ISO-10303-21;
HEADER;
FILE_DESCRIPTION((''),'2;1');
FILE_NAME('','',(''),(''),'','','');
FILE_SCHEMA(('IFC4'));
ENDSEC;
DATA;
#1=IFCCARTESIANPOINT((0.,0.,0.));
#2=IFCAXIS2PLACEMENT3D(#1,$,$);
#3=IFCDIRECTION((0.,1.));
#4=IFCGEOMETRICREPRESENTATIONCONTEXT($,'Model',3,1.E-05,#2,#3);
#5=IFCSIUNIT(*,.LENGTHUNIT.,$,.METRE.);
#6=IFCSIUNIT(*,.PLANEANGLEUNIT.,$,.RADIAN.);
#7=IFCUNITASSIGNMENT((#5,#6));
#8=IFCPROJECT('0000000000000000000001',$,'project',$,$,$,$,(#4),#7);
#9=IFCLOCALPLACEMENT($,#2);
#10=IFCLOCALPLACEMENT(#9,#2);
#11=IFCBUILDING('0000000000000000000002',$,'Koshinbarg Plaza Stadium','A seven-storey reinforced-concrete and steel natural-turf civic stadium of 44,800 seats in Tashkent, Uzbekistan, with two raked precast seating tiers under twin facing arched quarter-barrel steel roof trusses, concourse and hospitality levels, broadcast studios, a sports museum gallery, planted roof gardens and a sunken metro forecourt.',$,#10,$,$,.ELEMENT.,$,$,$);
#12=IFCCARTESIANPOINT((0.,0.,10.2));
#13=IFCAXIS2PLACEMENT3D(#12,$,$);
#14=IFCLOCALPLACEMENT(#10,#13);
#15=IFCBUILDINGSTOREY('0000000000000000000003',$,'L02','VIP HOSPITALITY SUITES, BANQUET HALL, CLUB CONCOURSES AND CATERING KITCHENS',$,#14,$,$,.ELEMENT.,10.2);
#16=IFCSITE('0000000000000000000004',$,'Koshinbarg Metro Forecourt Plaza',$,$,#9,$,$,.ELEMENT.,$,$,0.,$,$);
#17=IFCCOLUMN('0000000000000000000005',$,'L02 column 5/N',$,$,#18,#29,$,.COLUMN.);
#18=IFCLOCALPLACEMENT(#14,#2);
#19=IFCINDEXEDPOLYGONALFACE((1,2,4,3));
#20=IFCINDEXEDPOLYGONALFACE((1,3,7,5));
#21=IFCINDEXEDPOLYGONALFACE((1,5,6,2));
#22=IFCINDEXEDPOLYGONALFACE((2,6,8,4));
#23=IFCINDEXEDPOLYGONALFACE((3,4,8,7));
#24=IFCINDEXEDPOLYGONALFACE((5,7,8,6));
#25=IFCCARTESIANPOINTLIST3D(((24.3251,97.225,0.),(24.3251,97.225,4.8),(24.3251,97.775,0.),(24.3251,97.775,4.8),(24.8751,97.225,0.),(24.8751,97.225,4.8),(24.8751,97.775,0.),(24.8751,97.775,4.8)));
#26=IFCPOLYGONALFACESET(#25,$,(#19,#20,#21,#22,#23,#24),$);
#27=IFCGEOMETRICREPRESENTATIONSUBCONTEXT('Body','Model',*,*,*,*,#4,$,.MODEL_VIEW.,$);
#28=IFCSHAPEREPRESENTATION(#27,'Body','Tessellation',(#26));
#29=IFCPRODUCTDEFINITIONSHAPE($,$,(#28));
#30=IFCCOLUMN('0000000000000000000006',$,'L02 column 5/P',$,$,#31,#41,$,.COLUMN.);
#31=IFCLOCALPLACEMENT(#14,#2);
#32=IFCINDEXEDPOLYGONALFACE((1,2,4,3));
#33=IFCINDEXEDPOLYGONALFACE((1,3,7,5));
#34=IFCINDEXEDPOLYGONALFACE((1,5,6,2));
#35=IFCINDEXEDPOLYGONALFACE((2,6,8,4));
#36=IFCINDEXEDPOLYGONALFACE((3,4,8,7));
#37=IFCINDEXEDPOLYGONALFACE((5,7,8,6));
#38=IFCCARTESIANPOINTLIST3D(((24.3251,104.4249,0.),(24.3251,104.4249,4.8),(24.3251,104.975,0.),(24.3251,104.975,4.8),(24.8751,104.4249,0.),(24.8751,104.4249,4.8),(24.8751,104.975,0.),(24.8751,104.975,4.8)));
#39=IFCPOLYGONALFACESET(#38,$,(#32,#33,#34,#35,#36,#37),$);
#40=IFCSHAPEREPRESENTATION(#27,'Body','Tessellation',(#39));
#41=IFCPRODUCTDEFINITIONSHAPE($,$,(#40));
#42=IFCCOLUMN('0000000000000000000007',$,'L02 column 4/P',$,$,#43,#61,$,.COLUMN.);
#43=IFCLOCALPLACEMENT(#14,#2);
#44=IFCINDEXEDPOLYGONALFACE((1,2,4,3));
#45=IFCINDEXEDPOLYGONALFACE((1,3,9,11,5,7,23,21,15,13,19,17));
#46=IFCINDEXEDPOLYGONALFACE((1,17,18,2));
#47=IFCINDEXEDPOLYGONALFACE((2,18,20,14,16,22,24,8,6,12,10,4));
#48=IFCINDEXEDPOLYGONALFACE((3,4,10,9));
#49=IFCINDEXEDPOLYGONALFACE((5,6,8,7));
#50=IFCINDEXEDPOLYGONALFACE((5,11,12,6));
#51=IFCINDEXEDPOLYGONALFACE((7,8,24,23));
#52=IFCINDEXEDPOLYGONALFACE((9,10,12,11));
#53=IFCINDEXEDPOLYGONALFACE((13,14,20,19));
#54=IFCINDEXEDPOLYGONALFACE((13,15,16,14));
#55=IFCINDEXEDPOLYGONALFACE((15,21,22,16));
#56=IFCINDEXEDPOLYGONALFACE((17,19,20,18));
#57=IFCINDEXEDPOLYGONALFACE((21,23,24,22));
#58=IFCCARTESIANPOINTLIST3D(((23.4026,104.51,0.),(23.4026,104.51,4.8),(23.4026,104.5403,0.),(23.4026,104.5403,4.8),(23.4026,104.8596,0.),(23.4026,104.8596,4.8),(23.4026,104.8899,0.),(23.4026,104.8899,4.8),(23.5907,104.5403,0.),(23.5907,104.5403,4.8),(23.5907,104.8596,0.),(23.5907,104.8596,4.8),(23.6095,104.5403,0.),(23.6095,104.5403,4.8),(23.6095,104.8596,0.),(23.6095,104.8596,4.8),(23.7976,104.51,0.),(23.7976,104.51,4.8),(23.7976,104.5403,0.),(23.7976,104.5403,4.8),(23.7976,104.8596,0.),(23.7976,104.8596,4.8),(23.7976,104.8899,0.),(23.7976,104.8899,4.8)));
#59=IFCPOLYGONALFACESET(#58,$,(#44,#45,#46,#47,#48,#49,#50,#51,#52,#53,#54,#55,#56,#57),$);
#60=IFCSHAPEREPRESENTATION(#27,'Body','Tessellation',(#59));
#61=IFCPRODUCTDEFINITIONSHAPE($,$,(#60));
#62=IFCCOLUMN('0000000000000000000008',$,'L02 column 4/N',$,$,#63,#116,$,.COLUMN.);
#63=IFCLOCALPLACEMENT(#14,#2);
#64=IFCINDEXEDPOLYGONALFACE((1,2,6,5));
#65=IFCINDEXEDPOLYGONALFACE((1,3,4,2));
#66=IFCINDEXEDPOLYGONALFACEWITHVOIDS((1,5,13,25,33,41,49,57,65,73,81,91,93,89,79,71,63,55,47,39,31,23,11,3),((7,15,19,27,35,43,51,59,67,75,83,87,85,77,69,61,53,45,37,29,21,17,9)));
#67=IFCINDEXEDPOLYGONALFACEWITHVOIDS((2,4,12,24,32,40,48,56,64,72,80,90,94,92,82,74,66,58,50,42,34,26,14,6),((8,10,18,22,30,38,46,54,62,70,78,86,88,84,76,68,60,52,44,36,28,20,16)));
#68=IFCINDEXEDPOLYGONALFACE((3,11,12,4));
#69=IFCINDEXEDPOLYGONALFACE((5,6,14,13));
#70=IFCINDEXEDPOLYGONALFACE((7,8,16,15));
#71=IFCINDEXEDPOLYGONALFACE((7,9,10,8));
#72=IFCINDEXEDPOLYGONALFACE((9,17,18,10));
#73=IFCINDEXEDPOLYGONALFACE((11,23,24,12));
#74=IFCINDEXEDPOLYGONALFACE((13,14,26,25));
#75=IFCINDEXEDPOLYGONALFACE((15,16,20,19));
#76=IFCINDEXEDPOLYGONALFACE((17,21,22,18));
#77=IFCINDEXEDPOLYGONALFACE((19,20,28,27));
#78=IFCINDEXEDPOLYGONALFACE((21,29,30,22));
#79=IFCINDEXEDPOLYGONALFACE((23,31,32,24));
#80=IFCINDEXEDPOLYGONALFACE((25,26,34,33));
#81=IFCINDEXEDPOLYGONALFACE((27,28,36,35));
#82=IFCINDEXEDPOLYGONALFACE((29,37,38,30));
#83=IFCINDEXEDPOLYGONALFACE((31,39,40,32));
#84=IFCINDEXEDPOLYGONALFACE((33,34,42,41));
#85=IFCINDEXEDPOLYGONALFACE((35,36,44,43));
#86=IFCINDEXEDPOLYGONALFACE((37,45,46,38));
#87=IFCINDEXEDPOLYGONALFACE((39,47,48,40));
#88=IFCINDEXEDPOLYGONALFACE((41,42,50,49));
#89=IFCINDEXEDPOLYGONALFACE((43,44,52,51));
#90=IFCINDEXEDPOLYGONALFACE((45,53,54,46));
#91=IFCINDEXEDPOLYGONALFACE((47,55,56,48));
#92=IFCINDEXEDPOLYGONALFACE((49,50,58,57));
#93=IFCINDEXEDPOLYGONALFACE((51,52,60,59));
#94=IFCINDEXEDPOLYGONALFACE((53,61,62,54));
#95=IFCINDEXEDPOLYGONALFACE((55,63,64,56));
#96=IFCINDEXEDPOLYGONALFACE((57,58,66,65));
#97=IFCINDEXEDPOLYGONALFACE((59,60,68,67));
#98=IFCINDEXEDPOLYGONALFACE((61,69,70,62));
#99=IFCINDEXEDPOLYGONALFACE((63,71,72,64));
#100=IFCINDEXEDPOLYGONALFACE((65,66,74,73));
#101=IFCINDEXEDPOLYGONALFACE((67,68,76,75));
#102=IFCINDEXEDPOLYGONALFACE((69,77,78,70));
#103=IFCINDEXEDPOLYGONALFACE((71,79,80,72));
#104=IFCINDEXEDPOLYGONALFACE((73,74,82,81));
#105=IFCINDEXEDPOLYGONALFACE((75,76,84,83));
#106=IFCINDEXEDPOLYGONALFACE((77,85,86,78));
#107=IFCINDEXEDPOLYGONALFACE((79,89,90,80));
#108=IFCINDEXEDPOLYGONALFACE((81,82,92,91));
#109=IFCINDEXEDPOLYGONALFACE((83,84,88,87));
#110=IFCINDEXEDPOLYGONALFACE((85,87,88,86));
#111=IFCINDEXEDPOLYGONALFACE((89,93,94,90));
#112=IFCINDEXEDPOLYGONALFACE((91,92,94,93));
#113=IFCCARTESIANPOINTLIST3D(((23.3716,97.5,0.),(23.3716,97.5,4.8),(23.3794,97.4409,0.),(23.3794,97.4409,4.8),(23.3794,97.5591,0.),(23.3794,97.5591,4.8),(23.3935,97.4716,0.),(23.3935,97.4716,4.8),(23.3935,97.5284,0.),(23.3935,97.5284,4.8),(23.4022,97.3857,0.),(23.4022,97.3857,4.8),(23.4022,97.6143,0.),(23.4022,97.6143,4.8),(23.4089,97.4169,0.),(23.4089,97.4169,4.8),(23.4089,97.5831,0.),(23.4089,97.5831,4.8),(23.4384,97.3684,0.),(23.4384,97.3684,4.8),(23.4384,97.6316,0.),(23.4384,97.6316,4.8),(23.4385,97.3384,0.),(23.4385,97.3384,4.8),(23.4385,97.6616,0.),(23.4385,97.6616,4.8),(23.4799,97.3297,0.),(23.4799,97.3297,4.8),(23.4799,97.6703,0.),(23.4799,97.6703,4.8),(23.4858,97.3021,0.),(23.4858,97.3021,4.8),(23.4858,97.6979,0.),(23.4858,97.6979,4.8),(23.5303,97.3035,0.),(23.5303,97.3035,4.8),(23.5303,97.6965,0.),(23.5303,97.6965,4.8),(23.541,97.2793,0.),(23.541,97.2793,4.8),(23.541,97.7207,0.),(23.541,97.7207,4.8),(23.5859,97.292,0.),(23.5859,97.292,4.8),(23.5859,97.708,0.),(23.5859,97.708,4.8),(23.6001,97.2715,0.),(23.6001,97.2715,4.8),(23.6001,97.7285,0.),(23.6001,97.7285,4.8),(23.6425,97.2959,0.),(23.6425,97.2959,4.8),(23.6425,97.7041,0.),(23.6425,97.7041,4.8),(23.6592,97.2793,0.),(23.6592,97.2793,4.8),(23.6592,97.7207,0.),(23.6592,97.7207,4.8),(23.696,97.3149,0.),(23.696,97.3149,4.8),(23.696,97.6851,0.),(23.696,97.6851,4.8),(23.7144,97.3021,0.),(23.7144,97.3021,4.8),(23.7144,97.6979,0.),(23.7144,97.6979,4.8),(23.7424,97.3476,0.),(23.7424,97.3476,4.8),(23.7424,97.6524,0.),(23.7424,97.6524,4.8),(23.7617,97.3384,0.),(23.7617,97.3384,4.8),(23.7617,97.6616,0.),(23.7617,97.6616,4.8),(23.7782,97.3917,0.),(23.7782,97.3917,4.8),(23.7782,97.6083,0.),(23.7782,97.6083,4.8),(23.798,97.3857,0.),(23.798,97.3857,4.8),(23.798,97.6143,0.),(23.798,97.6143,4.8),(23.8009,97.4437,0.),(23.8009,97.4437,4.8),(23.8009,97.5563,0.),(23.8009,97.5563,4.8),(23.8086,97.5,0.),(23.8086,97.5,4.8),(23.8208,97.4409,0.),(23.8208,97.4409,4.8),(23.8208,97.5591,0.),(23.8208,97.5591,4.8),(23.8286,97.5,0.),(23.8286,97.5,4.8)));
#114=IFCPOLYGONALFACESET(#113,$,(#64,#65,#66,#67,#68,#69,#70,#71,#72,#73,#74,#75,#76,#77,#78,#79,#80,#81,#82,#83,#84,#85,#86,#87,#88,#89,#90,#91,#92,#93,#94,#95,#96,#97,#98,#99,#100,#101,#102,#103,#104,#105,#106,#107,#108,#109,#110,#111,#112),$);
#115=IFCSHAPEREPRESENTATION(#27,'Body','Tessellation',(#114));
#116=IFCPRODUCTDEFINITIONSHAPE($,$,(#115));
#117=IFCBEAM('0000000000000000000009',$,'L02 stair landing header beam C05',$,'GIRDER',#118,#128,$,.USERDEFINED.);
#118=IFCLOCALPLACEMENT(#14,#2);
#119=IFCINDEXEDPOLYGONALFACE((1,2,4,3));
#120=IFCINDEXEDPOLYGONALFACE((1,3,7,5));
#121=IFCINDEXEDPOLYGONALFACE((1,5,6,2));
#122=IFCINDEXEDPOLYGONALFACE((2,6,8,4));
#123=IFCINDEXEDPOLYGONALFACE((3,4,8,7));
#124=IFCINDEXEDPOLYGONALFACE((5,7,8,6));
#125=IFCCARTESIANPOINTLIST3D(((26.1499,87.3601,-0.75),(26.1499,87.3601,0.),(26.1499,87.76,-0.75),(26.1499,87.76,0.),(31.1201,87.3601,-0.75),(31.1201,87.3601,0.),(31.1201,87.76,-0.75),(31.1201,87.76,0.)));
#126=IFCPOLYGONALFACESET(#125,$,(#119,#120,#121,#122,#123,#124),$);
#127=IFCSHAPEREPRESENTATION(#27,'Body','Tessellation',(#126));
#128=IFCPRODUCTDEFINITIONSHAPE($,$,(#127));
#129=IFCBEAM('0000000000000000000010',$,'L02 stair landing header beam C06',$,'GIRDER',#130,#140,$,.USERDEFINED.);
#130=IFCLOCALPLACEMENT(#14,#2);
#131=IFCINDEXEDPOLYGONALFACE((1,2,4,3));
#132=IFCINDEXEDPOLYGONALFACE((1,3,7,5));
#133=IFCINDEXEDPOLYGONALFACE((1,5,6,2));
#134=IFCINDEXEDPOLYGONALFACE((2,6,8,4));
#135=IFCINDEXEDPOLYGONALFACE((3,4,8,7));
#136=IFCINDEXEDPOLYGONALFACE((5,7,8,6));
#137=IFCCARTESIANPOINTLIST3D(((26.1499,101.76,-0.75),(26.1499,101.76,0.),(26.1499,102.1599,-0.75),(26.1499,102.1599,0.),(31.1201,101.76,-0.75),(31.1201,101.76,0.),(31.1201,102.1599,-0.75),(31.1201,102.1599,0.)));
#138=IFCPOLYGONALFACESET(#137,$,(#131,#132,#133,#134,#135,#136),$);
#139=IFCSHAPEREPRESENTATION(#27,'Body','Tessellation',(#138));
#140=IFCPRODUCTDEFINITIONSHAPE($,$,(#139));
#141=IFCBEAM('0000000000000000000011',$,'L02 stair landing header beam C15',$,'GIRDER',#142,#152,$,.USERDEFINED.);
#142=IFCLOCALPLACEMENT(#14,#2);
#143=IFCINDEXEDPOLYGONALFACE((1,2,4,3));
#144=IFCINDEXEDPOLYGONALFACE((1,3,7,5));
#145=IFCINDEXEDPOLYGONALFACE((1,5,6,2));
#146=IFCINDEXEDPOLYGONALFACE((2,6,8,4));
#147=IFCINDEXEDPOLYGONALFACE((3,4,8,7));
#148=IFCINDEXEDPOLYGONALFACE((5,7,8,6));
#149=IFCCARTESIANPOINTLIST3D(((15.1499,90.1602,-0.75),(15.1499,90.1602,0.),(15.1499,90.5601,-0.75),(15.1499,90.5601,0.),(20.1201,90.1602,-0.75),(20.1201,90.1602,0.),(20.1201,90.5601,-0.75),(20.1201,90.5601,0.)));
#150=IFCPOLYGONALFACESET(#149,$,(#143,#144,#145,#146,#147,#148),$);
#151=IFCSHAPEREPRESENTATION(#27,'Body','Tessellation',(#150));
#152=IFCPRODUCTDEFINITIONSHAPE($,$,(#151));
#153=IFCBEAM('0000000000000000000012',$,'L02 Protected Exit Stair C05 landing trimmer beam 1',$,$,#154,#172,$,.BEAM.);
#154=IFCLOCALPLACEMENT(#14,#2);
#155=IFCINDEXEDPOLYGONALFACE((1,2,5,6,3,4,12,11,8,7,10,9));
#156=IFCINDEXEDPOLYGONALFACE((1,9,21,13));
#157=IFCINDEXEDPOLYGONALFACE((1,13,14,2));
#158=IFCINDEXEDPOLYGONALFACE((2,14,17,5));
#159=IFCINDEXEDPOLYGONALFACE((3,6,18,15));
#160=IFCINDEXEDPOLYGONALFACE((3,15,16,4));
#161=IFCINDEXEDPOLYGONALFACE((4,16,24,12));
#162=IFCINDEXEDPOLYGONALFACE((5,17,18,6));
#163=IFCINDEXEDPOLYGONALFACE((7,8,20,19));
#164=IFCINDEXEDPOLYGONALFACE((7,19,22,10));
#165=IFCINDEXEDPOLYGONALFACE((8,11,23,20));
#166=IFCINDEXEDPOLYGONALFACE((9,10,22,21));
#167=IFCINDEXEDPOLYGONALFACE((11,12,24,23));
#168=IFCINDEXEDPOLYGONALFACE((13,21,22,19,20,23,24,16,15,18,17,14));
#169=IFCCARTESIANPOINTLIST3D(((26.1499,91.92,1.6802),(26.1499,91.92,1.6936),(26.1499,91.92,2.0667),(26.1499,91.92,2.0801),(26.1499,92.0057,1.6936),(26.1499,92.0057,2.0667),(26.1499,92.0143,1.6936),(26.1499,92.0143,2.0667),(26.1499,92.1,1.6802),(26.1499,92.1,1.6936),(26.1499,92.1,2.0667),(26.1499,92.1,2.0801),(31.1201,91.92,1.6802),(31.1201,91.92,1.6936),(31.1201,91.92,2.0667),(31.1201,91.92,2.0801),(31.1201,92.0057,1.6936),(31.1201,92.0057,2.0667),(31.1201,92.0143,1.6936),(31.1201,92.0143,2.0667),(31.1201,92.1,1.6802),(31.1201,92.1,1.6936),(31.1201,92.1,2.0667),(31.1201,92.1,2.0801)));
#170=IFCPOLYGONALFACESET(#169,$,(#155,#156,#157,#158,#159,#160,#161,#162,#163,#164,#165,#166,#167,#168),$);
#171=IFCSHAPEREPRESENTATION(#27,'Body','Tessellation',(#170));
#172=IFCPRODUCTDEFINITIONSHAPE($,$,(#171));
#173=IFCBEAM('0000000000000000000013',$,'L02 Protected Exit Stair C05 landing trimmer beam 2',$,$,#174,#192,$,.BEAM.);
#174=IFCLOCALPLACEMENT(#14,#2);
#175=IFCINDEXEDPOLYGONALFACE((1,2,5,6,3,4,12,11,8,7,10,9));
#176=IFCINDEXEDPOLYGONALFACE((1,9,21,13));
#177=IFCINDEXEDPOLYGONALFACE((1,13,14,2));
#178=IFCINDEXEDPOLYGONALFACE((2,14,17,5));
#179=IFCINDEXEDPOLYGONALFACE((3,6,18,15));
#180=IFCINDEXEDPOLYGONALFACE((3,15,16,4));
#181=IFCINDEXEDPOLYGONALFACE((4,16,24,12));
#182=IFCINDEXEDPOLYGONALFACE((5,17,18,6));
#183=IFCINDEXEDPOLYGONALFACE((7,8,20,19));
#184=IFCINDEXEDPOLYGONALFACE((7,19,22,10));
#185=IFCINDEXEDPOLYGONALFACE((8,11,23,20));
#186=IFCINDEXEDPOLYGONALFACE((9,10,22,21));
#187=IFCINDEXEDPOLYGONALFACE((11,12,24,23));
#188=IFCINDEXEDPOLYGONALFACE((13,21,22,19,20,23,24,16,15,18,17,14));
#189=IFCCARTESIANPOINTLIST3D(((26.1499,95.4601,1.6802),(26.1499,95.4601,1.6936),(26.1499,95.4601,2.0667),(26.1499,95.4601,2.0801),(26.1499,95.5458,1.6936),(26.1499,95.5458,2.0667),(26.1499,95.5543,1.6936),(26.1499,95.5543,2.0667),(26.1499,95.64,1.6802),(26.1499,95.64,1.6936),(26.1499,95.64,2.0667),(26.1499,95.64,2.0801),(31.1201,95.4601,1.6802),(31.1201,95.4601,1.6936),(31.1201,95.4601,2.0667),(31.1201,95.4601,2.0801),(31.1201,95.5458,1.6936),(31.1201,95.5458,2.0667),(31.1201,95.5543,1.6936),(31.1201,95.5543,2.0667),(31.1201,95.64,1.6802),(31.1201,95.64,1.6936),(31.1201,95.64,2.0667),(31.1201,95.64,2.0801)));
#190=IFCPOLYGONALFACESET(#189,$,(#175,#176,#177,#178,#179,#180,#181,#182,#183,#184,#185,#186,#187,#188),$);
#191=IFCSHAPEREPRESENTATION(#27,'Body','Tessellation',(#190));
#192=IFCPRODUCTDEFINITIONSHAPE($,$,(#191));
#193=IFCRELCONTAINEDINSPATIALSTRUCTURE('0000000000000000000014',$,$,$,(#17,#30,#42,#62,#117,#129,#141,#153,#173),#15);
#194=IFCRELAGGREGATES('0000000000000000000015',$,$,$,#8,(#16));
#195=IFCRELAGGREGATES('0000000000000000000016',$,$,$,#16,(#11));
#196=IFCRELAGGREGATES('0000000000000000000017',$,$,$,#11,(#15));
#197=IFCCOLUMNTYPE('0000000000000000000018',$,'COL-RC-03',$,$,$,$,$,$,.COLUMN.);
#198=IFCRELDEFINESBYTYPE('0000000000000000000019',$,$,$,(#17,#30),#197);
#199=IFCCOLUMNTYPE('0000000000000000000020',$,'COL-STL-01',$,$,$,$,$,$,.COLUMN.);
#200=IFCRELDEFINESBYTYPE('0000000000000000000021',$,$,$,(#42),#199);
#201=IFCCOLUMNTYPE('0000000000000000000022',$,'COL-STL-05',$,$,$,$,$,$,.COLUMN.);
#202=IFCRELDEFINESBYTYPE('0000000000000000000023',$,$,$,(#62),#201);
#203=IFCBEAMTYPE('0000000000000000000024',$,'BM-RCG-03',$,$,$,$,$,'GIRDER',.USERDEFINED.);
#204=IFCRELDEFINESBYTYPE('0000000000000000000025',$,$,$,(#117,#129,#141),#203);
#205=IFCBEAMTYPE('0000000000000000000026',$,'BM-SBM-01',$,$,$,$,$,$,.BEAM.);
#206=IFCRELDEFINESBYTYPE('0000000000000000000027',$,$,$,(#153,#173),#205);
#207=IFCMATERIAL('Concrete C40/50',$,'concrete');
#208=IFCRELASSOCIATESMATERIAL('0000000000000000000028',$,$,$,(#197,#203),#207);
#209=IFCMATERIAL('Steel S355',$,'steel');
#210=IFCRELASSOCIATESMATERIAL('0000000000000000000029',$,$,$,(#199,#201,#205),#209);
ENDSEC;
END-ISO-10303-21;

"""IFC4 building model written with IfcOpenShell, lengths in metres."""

from ifc_helpers import new_model, si_unit, direction, frame, origin, origin_2d, place, context, subcontext, project, spatial, rectangle, hollow_circle, i_section, extrude, material, material_profile, profile_set, type_object, element, save


model = new_model("IFC4")

# Units and contexts
model_context = context("Model", 3, precision=1e-05, world=origin(), true_north=direction((0.0, 1.0)))
body_context = subcontext(model_context, "Body", "Model", "MODEL_VIEW")
ifc_project = project(units=[si_unit("LENGTHUNIT", "METRE"), si_unit("PLANEANGLEUNIT", "RADIAN")], contexts=[model_context])

# Site, building, storey
site_placement = place(None, origin())
site = spatial("IfcSite", under=ifc_project, at=site_placement, Name="Koshinbarg Metro Forecourt Plaza", CompositionType="ELEMENT", RefElevation=0.0)
building_placement = place(site_placement, origin())
building = spatial("IfcBuilding", under=site, at=building_placement, Name="Koshinbarg Plaza Stadium", Description="A seven-storey reinforced-concrete and steel natural-turf civic stadium of 44,800 seats in Tashkent, Uzbekistan, with two raked precast seating tiers under twin facing arched quarter-barrel steel roof trusses, concourse and hospitality levels, broadcast studios, a sports museum gallery, planted roof gardens and a sunken metro forecourt.", CompositionType="ELEMENT")
storey_placement = place(building_placement, frame((0.0, 0.0, 10.2)))
storey = spatial("IfcBuildingStorey", under=building, at=storey_placement, Name="L02", Description="VIP HOSPITALITY SUITES, BANQUET HALL, CLUB CONCOURSES AND CATERING KITCHENS", CompositionType="ELEMENT", Elevation=10.2)

# Columns
ifc_material_1 = material(Name="Concrete C40/50", Category="concrete")
ifc_material_profile_1 = material_profile(ifc_material_1, rectangle(XDim=0.55, YDim=0.55, at=origin_2d()), Name="RC 550x550")
ifc_profile_set_1 = profile_set([ifc_material_profile_1], Name="Concrete C40/50")
column_type_1 = type_object("IfcColumnType", Name="COL-RC-03", PredefinedType="COLUMN", material=ifc_profile_set_1)
for number, where, z_axis, x_axis, name in (
    (1, (24.6001, 97.5, 0.0), (0.0, 0.0, 1.0), (1.0, 0.0, 0.0), "L02 column 5/N"),
    (2, (24.6001, 104.7, 0.0), (0.0, 0.0, 1.0), (1.0, 0.0, 0.0), "L02 column 5/P"),
):
    element("IfcColumn", number, at=place(storey_placement, frame(where, z_axis=z_axis, x_axis=x_axis)), inside=storey, type_object=column_type_1, Name=name, PredefinedType="COLUMN", context=body_context, shape_type="SweptSolid", body=[
        extrude(rectangle(XDim=0.55, YDim=0.55, at=origin_2d()), origin(), (0.0, 0.0, 1.0), 4.8),
    ])
ifc_material_2 = material(Name="Steel S355", Category="steel")
ifc_material_profile_2 = material_profile(ifc_material_2, i_section(OverallWidth=0.395, OverallDepth=0.3799, WebThickness=0.0188, FlangeThickness=0.0303, at=origin_2d()), Name="HD 400x237")
ifc_profile_set_2 = profile_set([ifc_material_profile_2], Name="Steel S355")
column_type_2 = type_object("IfcColumnType", Name="COL-STL-01", PredefinedType="COLUMN", material=ifc_profile_set_2)
column_1_placement = place(storey_placement, frame((23.6001, 104.7, 0.0), z_axis=(0.0, 0.0, 1.0), x_axis=(1.0, 0.0, 0.0)))
element("IfcColumn", 3, at=column_1_placement, inside=storey, type_object=column_type_2, Name="L02 column 4/P", PredefinedType="COLUMN", context=body_context, shape_type="SweptSolid", body=[
    extrude(i_section(OverallWidth=0.395, OverallDepth=0.3799, WebThickness=0.0188, FlangeThickness=0.0303, at=origin_2d()), origin(), (0.0, 0.0, 1.0), 4.8),
])
ifc_material_profile_3 = material_profile(ifc_material_2, hollow_circle(Radius=0.2285, WallThickness=0.02, at=origin_2d()), Name="CHS 457x20")
ifc_profile_set_3 = profile_set([ifc_material_profile_3], Name="Steel S355")
column_type_3 = type_object("IfcColumnType", Name="COL-STL-05", PredefinedType="COLUMN", material=ifc_profile_set_3)
column_2_placement = place(storey_placement, frame((23.6001, 97.5, 0.0), z_axis=(0.0, 0.0, 1.0), x_axis=(1.0, 0.0, 0.0)))
element("IfcColumn", 4, at=column_2_placement, inside=storey, type_object=column_type_3, Name="L02 column 4/N", PredefinedType="COLUMN", context=body_context, shape_type="SweptSolid", body=[
    extrude(hollow_circle(Radius=0.2285, WallThickness=0.02, at=origin_2d()), origin(), (0.0, 0.0, 1.0), 4.8),
])

# Beams
ifc_material_profile_4 = material_profile(ifc_material_1, rectangle(XDim=0.3999, YDim=0.75, at=origin_2d()), Name="RC 400x750")
ifc_profile_set_4 = profile_set([ifc_material_profile_4], Name="Concrete C40/50")
beam_type_1 = type_object("IfcBeamType", Name="BM-RCG-03", ElementType="GIRDER", PredefinedType="USERDEFINED", material=ifc_profile_set_4)
for number, where, z_axis, x_axis, name in (
    (5, (26.1499, 87.5601, -0.375), (1.0, 0.0, 0.0), (0.0, 1.0, 0.0), "L02 stair landing header beam C05"),
    (6, (26.1499, 101.96, -0.375), (1.0, 0.0, 0.0), (0.0, 1.0, 0.0), "L02 stair landing header beam C06"),
    (7, (15.1499, 90.3601, -0.375), (1.0, 0.0, 0.0), (0.0, 1.0, 0.0), "L02 stair landing header beam C15"),
):
    element("IfcBeam", number, at=place(storey_placement, frame(where, z_axis=z_axis, x_axis=x_axis)), inside=storey, type_object=beam_type_1, Name=name, ObjectType="GIRDER", PredefinedType="USERDEFINED", context=body_context, shape_type="SweptSolid", body=[
        extrude(rectangle(XDim=0.3999, YDim=0.75, at=origin_2d()), origin(), (0.0, 0.0, 1.0), 4.9702),
    ])
ifc_material_profile_5 = material_profile(ifc_material_2, i_section(OverallWidth=0.1799, OverallDepth=0.3999, WebThickness=0.0085, FlangeThickness=0.0134, at=origin_2d()), Name="IPE 400")
ifc_profile_set_5 = profile_set([ifc_material_profile_5], Name="Steel S355")
beam_type_2 = type_object("IfcBeamType", Name="BM-SBM-01", PredefinedType="BEAM", material=ifc_profile_set_5)
for number, where, z_axis, x_axis, name in (
    (8, (26.1499, 92.01, 1.8801), (1.0, 0.0, 0.0), (0.0, 1.0, 0.0), "L02 Protected Exit Stair C05 landing trimmer beam 1"),
    (9, (26.1499, 95.55, 1.8801), (1.0, 0.0, 0.0), (0.0, 1.0, 0.0), "L02 Protected Exit Stair C05 landing trimmer beam 2"),
):
    element("IfcBeam", number, at=place(storey_placement, frame(where, z_axis=z_axis, x_axis=x_axis)), inside=storey, type_object=beam_type_2, Name=name, PredefinedType="BEAM", context=body_context, shape_type="SweptSolid", body=[
        extrude(i_section(OverallWidth=0.1799, OverallDepth=0.3999, WebThickness=0.0085, FlangeThickness=0.0134, at=origin_2d()), origin(), (0.0, 0.0, 1.0), 4.9702),
    ])

save(model, "model.ifc")
